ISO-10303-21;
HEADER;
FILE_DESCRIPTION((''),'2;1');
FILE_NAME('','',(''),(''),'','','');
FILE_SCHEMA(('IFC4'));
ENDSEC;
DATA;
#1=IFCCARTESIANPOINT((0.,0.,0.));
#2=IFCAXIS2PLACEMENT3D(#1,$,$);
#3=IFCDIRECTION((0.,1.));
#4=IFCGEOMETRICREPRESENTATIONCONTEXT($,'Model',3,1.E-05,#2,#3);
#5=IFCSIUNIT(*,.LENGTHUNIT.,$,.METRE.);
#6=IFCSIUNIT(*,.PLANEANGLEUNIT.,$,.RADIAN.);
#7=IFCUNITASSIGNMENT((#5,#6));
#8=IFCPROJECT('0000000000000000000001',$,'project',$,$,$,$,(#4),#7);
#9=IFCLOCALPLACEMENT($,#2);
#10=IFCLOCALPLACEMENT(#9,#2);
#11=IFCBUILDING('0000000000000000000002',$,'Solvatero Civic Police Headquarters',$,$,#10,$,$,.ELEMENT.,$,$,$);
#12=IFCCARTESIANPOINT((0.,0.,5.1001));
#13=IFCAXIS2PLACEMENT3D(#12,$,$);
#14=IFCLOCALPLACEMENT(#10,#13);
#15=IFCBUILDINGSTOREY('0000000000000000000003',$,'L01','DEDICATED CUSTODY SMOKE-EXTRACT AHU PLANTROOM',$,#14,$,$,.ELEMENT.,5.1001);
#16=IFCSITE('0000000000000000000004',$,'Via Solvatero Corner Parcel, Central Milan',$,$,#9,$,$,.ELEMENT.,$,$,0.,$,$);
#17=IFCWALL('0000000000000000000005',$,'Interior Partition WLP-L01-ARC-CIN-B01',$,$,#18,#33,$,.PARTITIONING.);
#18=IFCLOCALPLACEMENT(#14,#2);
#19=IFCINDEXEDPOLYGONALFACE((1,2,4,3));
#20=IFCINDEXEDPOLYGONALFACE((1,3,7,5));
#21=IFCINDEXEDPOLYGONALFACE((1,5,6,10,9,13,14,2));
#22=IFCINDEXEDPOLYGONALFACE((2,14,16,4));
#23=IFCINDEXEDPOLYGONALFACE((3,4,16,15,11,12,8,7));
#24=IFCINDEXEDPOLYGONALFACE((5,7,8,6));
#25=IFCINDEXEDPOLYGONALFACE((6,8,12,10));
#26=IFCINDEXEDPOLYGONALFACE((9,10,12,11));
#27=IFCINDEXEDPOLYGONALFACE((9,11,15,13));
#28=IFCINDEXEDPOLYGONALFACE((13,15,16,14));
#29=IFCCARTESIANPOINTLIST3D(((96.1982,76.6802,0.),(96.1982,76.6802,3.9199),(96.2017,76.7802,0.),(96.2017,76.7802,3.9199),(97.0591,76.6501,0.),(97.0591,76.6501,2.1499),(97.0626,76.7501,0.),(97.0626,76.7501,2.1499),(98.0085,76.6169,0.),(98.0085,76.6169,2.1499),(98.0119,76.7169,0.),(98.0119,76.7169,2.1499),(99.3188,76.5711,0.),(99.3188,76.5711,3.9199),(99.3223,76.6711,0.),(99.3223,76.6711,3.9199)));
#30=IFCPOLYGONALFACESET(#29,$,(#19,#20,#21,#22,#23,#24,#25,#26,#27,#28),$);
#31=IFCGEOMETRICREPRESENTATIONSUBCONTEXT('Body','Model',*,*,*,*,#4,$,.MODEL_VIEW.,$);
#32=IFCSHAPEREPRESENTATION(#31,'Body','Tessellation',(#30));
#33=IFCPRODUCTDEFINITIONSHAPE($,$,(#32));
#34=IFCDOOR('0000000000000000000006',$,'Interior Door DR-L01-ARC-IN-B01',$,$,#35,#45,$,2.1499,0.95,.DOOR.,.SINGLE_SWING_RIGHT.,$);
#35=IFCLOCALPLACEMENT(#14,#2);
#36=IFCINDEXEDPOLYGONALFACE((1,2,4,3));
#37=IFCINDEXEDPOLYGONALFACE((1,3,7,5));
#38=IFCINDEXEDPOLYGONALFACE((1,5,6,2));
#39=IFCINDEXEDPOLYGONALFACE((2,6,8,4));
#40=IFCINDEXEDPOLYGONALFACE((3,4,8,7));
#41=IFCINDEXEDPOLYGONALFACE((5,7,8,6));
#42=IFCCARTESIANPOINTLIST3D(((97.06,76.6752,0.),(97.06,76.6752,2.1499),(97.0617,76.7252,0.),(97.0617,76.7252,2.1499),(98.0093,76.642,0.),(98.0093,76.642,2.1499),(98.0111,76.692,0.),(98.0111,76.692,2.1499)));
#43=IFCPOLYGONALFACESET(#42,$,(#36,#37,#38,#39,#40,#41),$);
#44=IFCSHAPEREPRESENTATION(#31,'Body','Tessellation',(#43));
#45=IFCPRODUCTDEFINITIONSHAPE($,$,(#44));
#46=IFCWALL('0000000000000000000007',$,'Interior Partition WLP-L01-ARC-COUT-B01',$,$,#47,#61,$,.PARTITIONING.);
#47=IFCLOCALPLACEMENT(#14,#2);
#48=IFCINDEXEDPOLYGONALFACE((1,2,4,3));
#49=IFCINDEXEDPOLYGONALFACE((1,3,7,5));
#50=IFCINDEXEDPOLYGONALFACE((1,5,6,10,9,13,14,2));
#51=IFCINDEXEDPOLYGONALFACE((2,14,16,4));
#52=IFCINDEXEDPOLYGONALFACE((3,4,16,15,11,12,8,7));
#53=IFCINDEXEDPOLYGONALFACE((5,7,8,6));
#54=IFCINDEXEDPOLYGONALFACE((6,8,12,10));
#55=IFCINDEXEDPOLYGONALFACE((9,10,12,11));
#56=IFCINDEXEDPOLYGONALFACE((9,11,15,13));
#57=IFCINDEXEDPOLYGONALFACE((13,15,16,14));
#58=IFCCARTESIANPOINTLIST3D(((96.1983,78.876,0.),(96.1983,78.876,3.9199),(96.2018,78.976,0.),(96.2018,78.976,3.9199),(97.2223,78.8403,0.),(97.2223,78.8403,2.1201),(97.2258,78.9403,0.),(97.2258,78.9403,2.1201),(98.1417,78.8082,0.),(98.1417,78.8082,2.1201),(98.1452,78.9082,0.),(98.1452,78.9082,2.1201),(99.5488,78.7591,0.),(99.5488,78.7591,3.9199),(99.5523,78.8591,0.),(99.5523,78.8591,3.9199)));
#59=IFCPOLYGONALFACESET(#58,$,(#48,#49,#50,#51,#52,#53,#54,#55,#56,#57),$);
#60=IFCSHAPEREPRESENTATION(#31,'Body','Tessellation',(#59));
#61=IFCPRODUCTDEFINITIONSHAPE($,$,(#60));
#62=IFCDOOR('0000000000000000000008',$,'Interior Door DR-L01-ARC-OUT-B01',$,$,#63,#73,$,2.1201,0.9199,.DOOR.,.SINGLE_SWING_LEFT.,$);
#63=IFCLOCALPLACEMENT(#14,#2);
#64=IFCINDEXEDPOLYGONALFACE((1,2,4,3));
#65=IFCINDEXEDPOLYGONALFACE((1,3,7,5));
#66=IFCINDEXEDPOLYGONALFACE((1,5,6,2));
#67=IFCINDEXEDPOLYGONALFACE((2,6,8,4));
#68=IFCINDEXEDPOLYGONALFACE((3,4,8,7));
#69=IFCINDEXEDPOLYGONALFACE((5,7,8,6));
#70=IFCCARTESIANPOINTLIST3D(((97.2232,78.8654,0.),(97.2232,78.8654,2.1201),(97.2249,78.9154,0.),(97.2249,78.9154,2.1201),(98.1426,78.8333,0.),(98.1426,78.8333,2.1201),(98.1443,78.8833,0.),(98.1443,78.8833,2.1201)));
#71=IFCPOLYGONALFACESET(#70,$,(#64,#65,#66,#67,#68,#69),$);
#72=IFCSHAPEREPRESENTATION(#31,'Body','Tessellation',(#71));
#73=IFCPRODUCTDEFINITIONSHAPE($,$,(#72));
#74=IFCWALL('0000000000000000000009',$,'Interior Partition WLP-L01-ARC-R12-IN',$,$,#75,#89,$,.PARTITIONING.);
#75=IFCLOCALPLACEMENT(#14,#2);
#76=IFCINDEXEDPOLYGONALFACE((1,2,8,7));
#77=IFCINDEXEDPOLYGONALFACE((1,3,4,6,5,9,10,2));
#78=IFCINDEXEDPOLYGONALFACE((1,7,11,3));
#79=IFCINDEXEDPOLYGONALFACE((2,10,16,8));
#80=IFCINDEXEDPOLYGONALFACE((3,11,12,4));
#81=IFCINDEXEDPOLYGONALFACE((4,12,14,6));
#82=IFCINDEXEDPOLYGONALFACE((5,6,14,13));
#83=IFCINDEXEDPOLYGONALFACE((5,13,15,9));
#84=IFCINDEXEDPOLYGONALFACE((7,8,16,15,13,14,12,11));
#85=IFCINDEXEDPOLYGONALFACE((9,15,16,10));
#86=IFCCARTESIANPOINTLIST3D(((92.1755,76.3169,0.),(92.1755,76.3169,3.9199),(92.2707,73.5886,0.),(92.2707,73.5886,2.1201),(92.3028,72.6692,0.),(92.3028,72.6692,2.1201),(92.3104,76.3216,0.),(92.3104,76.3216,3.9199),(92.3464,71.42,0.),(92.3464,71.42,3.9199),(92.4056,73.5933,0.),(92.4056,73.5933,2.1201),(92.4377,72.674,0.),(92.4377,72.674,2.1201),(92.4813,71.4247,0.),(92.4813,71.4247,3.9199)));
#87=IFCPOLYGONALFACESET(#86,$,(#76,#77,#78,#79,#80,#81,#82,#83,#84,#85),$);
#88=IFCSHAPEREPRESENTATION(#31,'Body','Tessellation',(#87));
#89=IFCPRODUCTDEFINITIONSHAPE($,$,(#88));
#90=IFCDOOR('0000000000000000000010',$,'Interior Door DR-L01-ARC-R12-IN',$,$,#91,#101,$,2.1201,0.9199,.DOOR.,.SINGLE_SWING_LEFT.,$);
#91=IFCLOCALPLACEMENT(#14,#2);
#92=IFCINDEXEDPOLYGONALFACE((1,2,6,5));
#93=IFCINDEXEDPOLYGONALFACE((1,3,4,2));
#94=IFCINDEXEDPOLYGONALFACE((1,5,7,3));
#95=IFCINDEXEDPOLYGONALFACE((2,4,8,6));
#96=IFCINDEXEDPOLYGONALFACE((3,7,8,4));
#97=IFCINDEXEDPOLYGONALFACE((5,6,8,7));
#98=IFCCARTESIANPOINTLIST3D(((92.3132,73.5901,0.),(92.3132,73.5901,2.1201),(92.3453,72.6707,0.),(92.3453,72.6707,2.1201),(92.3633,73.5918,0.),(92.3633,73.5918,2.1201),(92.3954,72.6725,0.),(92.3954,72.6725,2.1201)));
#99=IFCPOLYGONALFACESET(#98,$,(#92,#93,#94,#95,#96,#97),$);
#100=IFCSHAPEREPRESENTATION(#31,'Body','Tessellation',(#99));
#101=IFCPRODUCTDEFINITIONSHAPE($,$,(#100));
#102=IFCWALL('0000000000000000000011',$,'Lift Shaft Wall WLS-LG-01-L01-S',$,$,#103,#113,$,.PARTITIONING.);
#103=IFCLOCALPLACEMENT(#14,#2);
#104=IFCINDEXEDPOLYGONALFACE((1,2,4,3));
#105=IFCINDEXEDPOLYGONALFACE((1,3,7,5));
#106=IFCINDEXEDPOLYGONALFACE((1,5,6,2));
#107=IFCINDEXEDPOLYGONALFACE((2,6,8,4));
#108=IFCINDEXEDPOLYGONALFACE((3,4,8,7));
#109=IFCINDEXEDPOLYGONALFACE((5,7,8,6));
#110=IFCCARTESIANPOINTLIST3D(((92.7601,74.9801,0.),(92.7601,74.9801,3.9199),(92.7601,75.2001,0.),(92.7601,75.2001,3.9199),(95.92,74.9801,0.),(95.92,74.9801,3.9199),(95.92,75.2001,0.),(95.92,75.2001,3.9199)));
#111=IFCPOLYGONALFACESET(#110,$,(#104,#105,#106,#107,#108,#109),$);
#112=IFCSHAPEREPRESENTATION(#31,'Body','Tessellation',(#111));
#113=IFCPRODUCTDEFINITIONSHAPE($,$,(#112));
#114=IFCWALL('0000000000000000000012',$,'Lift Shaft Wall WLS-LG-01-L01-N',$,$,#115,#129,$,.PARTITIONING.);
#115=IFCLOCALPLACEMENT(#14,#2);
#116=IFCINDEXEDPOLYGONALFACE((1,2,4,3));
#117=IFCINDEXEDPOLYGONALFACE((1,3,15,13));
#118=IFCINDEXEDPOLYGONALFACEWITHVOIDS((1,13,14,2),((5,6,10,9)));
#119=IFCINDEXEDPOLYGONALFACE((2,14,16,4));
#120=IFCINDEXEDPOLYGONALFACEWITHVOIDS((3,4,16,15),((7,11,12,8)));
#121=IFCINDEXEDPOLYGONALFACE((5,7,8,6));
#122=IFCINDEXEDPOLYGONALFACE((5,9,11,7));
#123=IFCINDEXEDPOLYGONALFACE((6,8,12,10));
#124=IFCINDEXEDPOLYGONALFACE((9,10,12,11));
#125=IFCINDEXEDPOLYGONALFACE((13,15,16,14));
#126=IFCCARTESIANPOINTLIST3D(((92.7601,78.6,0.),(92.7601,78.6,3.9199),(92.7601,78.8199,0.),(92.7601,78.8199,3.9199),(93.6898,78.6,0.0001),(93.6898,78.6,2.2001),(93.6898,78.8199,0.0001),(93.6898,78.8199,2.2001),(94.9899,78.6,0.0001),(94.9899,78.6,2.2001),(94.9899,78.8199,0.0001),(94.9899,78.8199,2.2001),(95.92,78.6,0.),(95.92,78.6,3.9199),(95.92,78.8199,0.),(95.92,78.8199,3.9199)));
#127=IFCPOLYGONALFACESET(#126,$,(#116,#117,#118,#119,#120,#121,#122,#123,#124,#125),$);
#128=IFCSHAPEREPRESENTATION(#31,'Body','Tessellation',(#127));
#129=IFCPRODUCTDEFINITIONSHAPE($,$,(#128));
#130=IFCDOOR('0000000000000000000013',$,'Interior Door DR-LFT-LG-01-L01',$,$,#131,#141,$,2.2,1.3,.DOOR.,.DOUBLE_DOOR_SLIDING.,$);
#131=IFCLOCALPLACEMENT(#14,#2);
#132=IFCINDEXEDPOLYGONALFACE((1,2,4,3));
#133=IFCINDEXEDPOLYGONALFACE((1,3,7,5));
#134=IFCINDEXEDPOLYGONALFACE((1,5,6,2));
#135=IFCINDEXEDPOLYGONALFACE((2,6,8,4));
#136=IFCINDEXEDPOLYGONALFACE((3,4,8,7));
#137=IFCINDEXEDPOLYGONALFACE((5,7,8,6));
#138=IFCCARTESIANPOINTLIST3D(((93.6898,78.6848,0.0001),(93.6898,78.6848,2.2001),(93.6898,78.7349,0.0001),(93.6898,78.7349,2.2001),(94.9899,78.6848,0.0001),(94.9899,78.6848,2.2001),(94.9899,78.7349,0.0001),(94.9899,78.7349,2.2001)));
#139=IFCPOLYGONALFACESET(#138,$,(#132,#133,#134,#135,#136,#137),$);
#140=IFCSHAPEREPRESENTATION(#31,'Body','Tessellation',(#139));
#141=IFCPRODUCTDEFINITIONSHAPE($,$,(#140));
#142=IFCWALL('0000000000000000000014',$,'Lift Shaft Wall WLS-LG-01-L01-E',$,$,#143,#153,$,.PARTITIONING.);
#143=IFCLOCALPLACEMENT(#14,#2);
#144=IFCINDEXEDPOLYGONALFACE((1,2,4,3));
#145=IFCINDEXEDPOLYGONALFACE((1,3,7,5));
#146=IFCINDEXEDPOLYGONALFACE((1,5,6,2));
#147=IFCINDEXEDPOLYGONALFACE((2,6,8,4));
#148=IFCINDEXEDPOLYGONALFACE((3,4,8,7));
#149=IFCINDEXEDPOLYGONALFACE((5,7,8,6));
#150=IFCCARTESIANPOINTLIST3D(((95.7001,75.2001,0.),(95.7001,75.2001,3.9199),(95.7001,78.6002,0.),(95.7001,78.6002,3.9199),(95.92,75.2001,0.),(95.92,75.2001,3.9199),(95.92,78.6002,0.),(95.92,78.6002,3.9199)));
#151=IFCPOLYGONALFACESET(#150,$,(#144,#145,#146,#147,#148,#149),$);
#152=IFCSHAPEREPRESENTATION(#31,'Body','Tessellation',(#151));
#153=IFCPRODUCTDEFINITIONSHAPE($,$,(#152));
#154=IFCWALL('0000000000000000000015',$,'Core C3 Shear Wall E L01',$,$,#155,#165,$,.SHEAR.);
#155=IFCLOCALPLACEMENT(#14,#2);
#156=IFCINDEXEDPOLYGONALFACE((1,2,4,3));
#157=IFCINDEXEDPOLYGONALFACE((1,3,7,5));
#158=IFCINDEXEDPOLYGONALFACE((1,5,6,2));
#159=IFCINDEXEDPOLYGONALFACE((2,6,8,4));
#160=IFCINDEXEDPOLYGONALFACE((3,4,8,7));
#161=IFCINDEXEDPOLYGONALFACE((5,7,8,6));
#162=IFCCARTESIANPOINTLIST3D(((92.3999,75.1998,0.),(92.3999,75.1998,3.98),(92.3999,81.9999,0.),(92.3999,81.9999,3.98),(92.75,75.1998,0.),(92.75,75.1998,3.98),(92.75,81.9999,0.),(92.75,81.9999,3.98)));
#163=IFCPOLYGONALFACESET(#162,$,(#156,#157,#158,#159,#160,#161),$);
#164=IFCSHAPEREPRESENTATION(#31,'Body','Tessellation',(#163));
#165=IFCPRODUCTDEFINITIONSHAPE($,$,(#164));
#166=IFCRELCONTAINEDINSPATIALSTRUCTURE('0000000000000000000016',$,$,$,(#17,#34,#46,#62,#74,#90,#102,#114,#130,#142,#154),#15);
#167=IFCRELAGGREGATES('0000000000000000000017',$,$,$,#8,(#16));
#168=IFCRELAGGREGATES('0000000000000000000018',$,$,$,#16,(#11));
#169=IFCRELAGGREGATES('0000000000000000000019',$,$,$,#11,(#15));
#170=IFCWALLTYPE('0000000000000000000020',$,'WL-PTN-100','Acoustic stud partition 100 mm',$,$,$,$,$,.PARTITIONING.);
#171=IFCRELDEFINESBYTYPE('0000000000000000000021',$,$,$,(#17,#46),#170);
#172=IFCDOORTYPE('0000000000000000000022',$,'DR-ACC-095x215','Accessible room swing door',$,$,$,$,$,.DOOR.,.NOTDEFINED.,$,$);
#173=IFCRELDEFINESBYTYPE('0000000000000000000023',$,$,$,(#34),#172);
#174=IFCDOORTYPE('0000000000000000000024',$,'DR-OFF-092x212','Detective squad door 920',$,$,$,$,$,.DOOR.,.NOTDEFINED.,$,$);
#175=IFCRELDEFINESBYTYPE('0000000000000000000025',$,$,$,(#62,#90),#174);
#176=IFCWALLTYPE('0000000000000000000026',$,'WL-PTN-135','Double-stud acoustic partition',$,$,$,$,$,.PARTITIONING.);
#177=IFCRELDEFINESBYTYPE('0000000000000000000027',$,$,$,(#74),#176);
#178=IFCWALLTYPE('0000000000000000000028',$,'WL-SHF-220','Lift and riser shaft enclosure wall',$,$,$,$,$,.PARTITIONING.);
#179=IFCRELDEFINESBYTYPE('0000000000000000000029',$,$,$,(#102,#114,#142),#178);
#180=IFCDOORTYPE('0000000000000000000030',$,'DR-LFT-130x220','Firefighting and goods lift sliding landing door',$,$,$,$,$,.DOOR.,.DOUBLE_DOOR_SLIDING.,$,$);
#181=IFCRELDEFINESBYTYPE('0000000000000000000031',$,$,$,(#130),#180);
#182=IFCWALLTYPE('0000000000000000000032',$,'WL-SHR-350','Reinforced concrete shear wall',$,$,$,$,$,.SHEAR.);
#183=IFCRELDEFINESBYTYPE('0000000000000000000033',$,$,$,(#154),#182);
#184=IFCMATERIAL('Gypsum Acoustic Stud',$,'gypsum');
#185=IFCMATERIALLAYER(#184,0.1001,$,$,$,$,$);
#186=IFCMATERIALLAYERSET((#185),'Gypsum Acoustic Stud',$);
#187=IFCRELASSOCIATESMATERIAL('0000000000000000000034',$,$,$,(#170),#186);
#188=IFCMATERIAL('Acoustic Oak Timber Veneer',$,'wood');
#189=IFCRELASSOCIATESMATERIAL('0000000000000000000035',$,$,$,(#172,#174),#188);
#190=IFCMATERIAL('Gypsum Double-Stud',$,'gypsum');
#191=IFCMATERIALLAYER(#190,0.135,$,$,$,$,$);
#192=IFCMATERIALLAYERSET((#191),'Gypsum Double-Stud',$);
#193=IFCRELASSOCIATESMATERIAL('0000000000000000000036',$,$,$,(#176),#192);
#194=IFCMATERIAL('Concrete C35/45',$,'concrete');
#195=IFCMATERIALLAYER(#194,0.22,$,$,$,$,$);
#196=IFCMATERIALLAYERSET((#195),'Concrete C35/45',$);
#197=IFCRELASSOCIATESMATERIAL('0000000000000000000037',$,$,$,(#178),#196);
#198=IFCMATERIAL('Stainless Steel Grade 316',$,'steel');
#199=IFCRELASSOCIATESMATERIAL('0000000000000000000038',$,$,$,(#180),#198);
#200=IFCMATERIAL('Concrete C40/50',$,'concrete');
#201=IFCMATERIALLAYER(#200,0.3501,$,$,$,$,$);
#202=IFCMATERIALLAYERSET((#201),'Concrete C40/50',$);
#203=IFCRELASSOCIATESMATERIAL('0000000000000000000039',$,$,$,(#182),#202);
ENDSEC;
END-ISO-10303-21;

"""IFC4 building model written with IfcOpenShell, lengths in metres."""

from ifc_helpers import new_model, si_unit, direction, frame, frame_2d, origin, place, context, subcontext, project, spatial, rectangle, extrude, material, layer, layer_set, type_object, element, fill, save


model = new_model("IFC4")

# Units and contexts
model_context = context("Model", 3, precision=1e-05, world=origin(), true_north=direction((0.0, 1.0)))
body_context = subcontext(model_context, "Body", "Model", "MODEL_VIEW")
ifc_project = project(units=[si_unit("LENGTHUNIT", "METRE"), si_unit("PLANEANGLEUNIT", "RADIAN")], contexts=[model_context])

# Site, building, storey
site_placement = place(None, origin())
site = spatial("IfcSite", under=ifc_project, at=site_placement, Name="Via Solvatero Corner Parcel, Central Milan", CompositionType="ELEMENT", RefElevation=0.0)
building_placement = place(site_placement, origin())
building = spatial("IfcBuilding", under=site, at=building_placement, Name="Solvatero Civic Police Headquarters", CompositionType="ELEMENT")
storey_placement = place(building_placement, frame((0.0, 0.0, 5.1001)))
storey = spatial("IfcBuildingStorey", under=building, at=storey_placement, Name="L01", Description="DEDICATED CUSTODY SMOKE-EXTRACT AHU PLANTROOM", CompositionType="ELEMENT", Elevation=5.1001)

# Walls, openings, doors
ifc_material_1 = material(Name="Gypsum Acoustic Stud", Category="gypsum")
ifc_layer_1 = layer(ifc_material_1, 0.1001)
ifc_layer_set_1 = layer_set([ifc_layer_1], Name="Gypsum Acoustic Stud")
wall_type_1 = type_object("IfcWallType", Name="WL-PTN-100", Description="Acoustic stud partition 100 mm", PredefinedType="PARTITIONING", material=ifc_layer_set_1)
wall_1_placement = place(storey_placement, frame((99.3206, 76.6211, 0.0), z_axis=(0.0, 0.0, 1.0), x_axis=(-0.999389, 0.03495, 0.0)))
wall_1 = element("IfcWall", 1, at=wall_1_placement, inside=storey, type_object=wall_type_1, Name="Interior Partition WLP-L01-ARC-CIN-B01", PredefinedType="PARTITIONING", context=body_context, shape_type="SweptSolid", body=[
    extrude(rectangle(XDim=3.1226, YDim=0.1001, at=frame_2d((1.5613, 0.0))), origin(), (0.0, 0.0, 1.0), 3.9199),
])
opening_1_placement = place(wall_1_placement, frame((1.311, 0.0, 0.0)))
opening_1 = element("IfcOpeningElement", 2, at=opening_1_placement, cuts=wall_1, PredefinedType="OPENING", context=body_context, shape_type="SweptSolid", body=[
    extrude(rectangle(XDim=0.95, YDim=2.1499, at=frame_2d((0.4751, 1.075))), frame((0.0, 0.0601, 0.0), z_axis=(0.0, -1.0, 0.0), x_axis=(1.0, 0.0, 0.0)), (0.0, 0.0, 1.0), 0.1201),
])
ifc_material_2 = material(Name="Acoustic Oak Timber Veneer", Category="wood")
door_type_1 = type_object("IfcDoorType", Name="DR-ACC-095x215", Description="Accessible room swing door", OperationType="NOTDEFINED", PredefinedType="DOOR", material=ifc_material_2)
door_1_placement = place(opening_1_placement, origin())
door_1 = element("IfcDoor", 3, at=door_1_placement, inside=storey, type_object=door_type_1, Name="Interior Door DR-L01-ARC-IN-B01", OperationType="SINGLE_SWING_RIGHT", OverallHeight=2.1499, OverallWidth=0.95, PredefinedType="DOOR", context=body_context, shape_type="SweptSolid", body=[
    extrude(rectangle(XDim=0.95, YDim=2.1499, at=frame_2d((0.4751, 1.075))), frame((0.0, 0.0249, 0.0), z_axis=(0.0, -1.0, 0.0), x_axis=(1.0, 0.0, 0.0)), (0.0, 0.0, 1.0), 0.05),
])
fill(opening_1, door_1)
wall_2_placement = place(storey_placement, frame((99.5505, 78.8091, 0.0), z_axis=(0.0, 0.0, 1.0), x_axis=(-0.999391, 0.034881, 0.0)))
wall_2 = element("IfcWall", 4, at=wall_2_placement, inside=storey, type_object=wall_type_1, Name="Interior Partition WLP-L01-ARC-COUT-B01", PredefinedType="PARTITIONING", context=body_context, shape_type="SweptSolid", body=[
    extrude(rectangle(XDim=3.3525, YDim=0.1001, at=frame_2d((1.6763, 0.0))), origin(), (0.0, 0.0, 1.0), 3.9199),
])
opening_2_placement = place(wall_2_placement, frame((1.408, 0.0, 0.0)))
opening_2 = element("IfcOpeningElement", 5, at=opening_2_placement, cuts=wall_2, PredefinedType="OPENING", context=body_context, shape_type="SweptSolid", body=[
    extrude(rectangle(XDim=0.9199, YDim=2.1201, at=frame_2d((0.46, 1.0601))), frame((0.0, 0.0601, 0.0), z_axis=(0.0, -1.0, 0.0), x_axis=(1.0, 0.0, 0.0)), (0.0, 0.0, 1.0), 0.1201),
])
door_type_2 = type_object("IfcDoorType", Name="DR-OFF-092x212", Description="Detective squad door 920", OperationType="NOTDEFINED", PredefinedType="DOOR", material=ifc_material_2)
door_2_placement = place(opening_2_placement, origin())
door_2 = element("IfcDoor", 6, at=door_2_placement, inside=storey, type_object=door_type_2, Name="Interior Door DR-L01-ARC-OUT-B01", OperationType="SINGLE_SWING_LEFT", OverallHeight=2.1201, OverallWidth=0.9199, PredefinedType="DOOR", context=body_context, shape_type="SweptSolid", body=[
    extrude(rectangle(XDim=0.9199, YDim=2.1201, at=frame_2d((0.46, 1.0601))), frame((0.0, 0.0249, 0.0), z_axis=(0.0, -1.0, 0.0), x_axis=(1.0, 0.0, 0.0)), (0.0, 0.0, 1.0), 0.05),
])
fill(opening_2, door_2)
ifc_material_3 = material(Name="Gypsum Double-Stud", Category="gypsum")
ifc_layer_2 = layer(ifc_material_3, 0.135)
ifc_layer_set_2 = layer_set([ifc_layer_2], Name="Gypsum Double-Stud")
wall_type_2 = type_object("IfcWallType", Name="WL-PTN-135", Description="Double-stud acoustic partition", PredefinedType="PARTITIONING", material=ifc_layer_set_2)
wall_3_placement = place(storey_placement, frame((92.4138, 71.4224, 0.0), z_axis=(0.0, 0.0, 1.0), x_axis=(-0.034878, 0.999392, 0.0)))
wall_3 = element("IfcWall", 7, at=wall_3_placement, inside=storey, type_object=wall_type_2, Name="Interior Partition WLP-L01-ARC-R12-IN", PredefinedType="PARTITIONING", context=body_context, shape_type="SweptSolid", body=[
    extrude(rectangle(XDim=4.8999, YDim=0.135, at=frame_2d((2.45, 0.0))), origin(), (0.0, 0.0, 1.0), 3.9199),
])
opening_3_placement = place(wall_3_placement, frame((1.25, 0.0, 0.0)))
opening_3 = element("IfcOpeningElement", 8, at=opening_3_placement, cuts=wall_3, PredefinedType="OPENING", context=body_context, shape_type="SweptSolid", body=[
    extrude(rectangle(XDim=0.9199, YDim=2.1201, at=frame_2d((0.46, 1.0601))), frame((0.0, 0.0774, 0.0), z_axis=(0.0, -1.0, 0.0), x_axis=(1.0, 0.0, 0.0)), (0.0, 0.0, 1.0), 0.155),
])
door_3_placement = place(opening_3_placement, origin())
door_3 = element("IfcDoor", 9, at=door_3_placement, inside=storey, type_object=door_type_2, Name="Interior Door DR-L01-ARC-R12-IN", OperationType="SINGLE_SWING_LEFT", OverallHeight=2.1201, OverallWidth=0.9199, PredefinedType="DOOR", context=body_context, shape_type="SweptSolid", body=[
    extrude(rectangle(XDim=0.9199, YDim=2.1201, at=frame_2d((0.46, 1.0601))), frame((0.0, 0.0249, 0.0), z_axis=(0.0, -1.0, 0.0), x_axis=(1.0, 0.0, 0.0)), (0.0, 0.0, 1.0), 0.05),
])
fill(opening_3, door_3)

# Wall
ifc_material_4 = material(Name="Concrete C35/45", Category="concrete")
ifc_layer_3 = layer(ifc_material_4, 0.22)
ifc_layer_set_3 = layer_set([ifc_layer_3], Name="Concrete C35/45")
wall_type_3 = type_object("IfcWallType", Name="WL-SHF-220", Description="Lift and riser shaft enclosure wall", PredefinedType="PARTITIONING", material=ifc_layer_set_3)
wall_4_placement = place(storey_placement, frame((92.76, 75.0901, 0.0), z_axis=(0.0, 0.0, 1.0), x_axis=(1.0, 0.0, 0.0)))
element("IfcWall", 10, at=wall_4_placement, inside=storey, type_object=wall_type_3, Name="Lift Shaft Wall WLS-LG-01-L01-S", PredefinedType="PARTITIONING", context=body_context, shape_type="SweptSolid", body=[
    extrude(rectangle(XDim=3.1599, YDim=0.22, at=frame_2d((1.5801, 0.0))), origin(), (0.0, 0.0, 1.0), 3.9199),
])

# Wall, opening, door
wall_5_placement = place(storey_placement, frame((92.76, 78.71, 0.0), z_axis=(0.0, 0.0, 1.0), x_axis=(1.0, 0.0, 0.0)))
wall_5 = element("IfcWall", 11, at=wall_5_placement, inside=storey, type_object=wall_type_3, Name="Lift Shaft Wall WLS-LG-01-L01-N", PredefinedType="PARTITIONING", context=body_context, shape_type="SweptSolid", body=[
    extrude(rectangle(XDim=3.1599, YDim=0.22, at=frame_2d((1.5801, 0.0))), origin(), (0.0, 0.0, 1.0), 3.9199),
])
opening_4_placement = place(wall_5_placement, frame((0.9299, 0.0, 0.0)))
opening_4 = element("IfcOpeningElement", 12, at=opening_4_placement, cuts=wall_5, PredefinedType="OPENING", context=body_context, shape_type="SweptSolid", body=[
    extrude(rectangle(XDim=1.3, YDim=2.2, at=frame_2d((0.6499, 1.1001))), frame((0.0, 0.1199, 0.0), z_axis=(0.0, -1.0, 0.0), x_axis=(1.0, 0.0, 0.0)), (0.0, 0.0, 1.0), 0.24),
])
ifc_material_5 = material(Name="Stainless Steel Grade 316", Category="steel")
door_type_3 = type_object("IfcDoorType", Name="DR-LFT-130x220", Description="Firefighting and goods lift sliding landing door", OperationType="DOUBLE_DOOR_SLIDING", PredefinedType="DOOR", material=ifc_material_5)
door_4_placement = place(opening_4_placement, origin())
door_4 = element("IfcDoor", 13, at=door_4_placement, inside=storey, type_object=door_type_3, Name="Interior Door DR-LFT-LG-01-L01", OperationType="DOUBLE_DOOR_SLIDING", OverallHeight=2.2, OverallWidth=1.3, PredefinedType="DOOR", context=body_context, shape_type="SweptSolid", body=[
    extrude(rectangle(XDim=1.3, YDim=2.2, at=frame_2d((0.6499, 1.1001))), frame((0.0, 0.0249, 0.0), z_axis=(0.0, -1.0, 0.0), x_axis=(1.0, 0.0, 0.0)), (0.0, 0.0, 1.0), 0.05),
])
fill(opening_4, door_4)

# Walls
wall_6_placement = place(storey_placement, frame((95.8101, 75.2, 0.0), z_axis=(0.0, 0.0, 1.0), x_axis=(0.0, 1.0, 0.0)))
element("IfcWall", 14, at=wall_6_placement, inside=storey, type_object=wall_type_3, Name="Lift Shaft Wall WLS-LG-01-L01-E", PredefinedType="PARTITIONING", context=body_context, shape_type="SweptSolid", body=[
    extrude(rectangle(XDim=3.4001, YDim=0.22, at=frame_2d((1.7002, 0.0))), origin(), (0.0, 0.0, 1.0), 3.9199),
])
ifc_material_6 = material(Name="Concrete C40/50", Category="concrete")
ifc_layer_4 = layer(ifc_material_6, 0.3501)
ifc_layer_set_4 = layer_set([ifc_layer_4], Name="Concrete C40/50")
wall_type_4 = type_object("IfcWallType", Name="WL-SHR-350", Description="Reinforced concrete shear wall", PredefinedType="SHEAR", material=ifc_layer_set_4)
wall_7_placement = place(storey_placement, frame((92.575, 75.2, 0.0), z_axis=(0.0, 0.0, 1.0), x_axis=(0.0, 1.0, 0.0)))
element("IfcWall", 15, at=wall_7_placement, inside=storey, type_object=wall_type_4, Name="Core C3 Shear Wall E L01", PredefinedType="SHEAR", context=body_context, shape_type="SweptSolid", body=[
    extrude(rectangle(XDim=6.8, YDim=0.3501, at=frame_2d((3.3999, 0.0))), origin(), (0.0, 0.0, 1.0), 3.98),
])

save(model, "model.ifc")
